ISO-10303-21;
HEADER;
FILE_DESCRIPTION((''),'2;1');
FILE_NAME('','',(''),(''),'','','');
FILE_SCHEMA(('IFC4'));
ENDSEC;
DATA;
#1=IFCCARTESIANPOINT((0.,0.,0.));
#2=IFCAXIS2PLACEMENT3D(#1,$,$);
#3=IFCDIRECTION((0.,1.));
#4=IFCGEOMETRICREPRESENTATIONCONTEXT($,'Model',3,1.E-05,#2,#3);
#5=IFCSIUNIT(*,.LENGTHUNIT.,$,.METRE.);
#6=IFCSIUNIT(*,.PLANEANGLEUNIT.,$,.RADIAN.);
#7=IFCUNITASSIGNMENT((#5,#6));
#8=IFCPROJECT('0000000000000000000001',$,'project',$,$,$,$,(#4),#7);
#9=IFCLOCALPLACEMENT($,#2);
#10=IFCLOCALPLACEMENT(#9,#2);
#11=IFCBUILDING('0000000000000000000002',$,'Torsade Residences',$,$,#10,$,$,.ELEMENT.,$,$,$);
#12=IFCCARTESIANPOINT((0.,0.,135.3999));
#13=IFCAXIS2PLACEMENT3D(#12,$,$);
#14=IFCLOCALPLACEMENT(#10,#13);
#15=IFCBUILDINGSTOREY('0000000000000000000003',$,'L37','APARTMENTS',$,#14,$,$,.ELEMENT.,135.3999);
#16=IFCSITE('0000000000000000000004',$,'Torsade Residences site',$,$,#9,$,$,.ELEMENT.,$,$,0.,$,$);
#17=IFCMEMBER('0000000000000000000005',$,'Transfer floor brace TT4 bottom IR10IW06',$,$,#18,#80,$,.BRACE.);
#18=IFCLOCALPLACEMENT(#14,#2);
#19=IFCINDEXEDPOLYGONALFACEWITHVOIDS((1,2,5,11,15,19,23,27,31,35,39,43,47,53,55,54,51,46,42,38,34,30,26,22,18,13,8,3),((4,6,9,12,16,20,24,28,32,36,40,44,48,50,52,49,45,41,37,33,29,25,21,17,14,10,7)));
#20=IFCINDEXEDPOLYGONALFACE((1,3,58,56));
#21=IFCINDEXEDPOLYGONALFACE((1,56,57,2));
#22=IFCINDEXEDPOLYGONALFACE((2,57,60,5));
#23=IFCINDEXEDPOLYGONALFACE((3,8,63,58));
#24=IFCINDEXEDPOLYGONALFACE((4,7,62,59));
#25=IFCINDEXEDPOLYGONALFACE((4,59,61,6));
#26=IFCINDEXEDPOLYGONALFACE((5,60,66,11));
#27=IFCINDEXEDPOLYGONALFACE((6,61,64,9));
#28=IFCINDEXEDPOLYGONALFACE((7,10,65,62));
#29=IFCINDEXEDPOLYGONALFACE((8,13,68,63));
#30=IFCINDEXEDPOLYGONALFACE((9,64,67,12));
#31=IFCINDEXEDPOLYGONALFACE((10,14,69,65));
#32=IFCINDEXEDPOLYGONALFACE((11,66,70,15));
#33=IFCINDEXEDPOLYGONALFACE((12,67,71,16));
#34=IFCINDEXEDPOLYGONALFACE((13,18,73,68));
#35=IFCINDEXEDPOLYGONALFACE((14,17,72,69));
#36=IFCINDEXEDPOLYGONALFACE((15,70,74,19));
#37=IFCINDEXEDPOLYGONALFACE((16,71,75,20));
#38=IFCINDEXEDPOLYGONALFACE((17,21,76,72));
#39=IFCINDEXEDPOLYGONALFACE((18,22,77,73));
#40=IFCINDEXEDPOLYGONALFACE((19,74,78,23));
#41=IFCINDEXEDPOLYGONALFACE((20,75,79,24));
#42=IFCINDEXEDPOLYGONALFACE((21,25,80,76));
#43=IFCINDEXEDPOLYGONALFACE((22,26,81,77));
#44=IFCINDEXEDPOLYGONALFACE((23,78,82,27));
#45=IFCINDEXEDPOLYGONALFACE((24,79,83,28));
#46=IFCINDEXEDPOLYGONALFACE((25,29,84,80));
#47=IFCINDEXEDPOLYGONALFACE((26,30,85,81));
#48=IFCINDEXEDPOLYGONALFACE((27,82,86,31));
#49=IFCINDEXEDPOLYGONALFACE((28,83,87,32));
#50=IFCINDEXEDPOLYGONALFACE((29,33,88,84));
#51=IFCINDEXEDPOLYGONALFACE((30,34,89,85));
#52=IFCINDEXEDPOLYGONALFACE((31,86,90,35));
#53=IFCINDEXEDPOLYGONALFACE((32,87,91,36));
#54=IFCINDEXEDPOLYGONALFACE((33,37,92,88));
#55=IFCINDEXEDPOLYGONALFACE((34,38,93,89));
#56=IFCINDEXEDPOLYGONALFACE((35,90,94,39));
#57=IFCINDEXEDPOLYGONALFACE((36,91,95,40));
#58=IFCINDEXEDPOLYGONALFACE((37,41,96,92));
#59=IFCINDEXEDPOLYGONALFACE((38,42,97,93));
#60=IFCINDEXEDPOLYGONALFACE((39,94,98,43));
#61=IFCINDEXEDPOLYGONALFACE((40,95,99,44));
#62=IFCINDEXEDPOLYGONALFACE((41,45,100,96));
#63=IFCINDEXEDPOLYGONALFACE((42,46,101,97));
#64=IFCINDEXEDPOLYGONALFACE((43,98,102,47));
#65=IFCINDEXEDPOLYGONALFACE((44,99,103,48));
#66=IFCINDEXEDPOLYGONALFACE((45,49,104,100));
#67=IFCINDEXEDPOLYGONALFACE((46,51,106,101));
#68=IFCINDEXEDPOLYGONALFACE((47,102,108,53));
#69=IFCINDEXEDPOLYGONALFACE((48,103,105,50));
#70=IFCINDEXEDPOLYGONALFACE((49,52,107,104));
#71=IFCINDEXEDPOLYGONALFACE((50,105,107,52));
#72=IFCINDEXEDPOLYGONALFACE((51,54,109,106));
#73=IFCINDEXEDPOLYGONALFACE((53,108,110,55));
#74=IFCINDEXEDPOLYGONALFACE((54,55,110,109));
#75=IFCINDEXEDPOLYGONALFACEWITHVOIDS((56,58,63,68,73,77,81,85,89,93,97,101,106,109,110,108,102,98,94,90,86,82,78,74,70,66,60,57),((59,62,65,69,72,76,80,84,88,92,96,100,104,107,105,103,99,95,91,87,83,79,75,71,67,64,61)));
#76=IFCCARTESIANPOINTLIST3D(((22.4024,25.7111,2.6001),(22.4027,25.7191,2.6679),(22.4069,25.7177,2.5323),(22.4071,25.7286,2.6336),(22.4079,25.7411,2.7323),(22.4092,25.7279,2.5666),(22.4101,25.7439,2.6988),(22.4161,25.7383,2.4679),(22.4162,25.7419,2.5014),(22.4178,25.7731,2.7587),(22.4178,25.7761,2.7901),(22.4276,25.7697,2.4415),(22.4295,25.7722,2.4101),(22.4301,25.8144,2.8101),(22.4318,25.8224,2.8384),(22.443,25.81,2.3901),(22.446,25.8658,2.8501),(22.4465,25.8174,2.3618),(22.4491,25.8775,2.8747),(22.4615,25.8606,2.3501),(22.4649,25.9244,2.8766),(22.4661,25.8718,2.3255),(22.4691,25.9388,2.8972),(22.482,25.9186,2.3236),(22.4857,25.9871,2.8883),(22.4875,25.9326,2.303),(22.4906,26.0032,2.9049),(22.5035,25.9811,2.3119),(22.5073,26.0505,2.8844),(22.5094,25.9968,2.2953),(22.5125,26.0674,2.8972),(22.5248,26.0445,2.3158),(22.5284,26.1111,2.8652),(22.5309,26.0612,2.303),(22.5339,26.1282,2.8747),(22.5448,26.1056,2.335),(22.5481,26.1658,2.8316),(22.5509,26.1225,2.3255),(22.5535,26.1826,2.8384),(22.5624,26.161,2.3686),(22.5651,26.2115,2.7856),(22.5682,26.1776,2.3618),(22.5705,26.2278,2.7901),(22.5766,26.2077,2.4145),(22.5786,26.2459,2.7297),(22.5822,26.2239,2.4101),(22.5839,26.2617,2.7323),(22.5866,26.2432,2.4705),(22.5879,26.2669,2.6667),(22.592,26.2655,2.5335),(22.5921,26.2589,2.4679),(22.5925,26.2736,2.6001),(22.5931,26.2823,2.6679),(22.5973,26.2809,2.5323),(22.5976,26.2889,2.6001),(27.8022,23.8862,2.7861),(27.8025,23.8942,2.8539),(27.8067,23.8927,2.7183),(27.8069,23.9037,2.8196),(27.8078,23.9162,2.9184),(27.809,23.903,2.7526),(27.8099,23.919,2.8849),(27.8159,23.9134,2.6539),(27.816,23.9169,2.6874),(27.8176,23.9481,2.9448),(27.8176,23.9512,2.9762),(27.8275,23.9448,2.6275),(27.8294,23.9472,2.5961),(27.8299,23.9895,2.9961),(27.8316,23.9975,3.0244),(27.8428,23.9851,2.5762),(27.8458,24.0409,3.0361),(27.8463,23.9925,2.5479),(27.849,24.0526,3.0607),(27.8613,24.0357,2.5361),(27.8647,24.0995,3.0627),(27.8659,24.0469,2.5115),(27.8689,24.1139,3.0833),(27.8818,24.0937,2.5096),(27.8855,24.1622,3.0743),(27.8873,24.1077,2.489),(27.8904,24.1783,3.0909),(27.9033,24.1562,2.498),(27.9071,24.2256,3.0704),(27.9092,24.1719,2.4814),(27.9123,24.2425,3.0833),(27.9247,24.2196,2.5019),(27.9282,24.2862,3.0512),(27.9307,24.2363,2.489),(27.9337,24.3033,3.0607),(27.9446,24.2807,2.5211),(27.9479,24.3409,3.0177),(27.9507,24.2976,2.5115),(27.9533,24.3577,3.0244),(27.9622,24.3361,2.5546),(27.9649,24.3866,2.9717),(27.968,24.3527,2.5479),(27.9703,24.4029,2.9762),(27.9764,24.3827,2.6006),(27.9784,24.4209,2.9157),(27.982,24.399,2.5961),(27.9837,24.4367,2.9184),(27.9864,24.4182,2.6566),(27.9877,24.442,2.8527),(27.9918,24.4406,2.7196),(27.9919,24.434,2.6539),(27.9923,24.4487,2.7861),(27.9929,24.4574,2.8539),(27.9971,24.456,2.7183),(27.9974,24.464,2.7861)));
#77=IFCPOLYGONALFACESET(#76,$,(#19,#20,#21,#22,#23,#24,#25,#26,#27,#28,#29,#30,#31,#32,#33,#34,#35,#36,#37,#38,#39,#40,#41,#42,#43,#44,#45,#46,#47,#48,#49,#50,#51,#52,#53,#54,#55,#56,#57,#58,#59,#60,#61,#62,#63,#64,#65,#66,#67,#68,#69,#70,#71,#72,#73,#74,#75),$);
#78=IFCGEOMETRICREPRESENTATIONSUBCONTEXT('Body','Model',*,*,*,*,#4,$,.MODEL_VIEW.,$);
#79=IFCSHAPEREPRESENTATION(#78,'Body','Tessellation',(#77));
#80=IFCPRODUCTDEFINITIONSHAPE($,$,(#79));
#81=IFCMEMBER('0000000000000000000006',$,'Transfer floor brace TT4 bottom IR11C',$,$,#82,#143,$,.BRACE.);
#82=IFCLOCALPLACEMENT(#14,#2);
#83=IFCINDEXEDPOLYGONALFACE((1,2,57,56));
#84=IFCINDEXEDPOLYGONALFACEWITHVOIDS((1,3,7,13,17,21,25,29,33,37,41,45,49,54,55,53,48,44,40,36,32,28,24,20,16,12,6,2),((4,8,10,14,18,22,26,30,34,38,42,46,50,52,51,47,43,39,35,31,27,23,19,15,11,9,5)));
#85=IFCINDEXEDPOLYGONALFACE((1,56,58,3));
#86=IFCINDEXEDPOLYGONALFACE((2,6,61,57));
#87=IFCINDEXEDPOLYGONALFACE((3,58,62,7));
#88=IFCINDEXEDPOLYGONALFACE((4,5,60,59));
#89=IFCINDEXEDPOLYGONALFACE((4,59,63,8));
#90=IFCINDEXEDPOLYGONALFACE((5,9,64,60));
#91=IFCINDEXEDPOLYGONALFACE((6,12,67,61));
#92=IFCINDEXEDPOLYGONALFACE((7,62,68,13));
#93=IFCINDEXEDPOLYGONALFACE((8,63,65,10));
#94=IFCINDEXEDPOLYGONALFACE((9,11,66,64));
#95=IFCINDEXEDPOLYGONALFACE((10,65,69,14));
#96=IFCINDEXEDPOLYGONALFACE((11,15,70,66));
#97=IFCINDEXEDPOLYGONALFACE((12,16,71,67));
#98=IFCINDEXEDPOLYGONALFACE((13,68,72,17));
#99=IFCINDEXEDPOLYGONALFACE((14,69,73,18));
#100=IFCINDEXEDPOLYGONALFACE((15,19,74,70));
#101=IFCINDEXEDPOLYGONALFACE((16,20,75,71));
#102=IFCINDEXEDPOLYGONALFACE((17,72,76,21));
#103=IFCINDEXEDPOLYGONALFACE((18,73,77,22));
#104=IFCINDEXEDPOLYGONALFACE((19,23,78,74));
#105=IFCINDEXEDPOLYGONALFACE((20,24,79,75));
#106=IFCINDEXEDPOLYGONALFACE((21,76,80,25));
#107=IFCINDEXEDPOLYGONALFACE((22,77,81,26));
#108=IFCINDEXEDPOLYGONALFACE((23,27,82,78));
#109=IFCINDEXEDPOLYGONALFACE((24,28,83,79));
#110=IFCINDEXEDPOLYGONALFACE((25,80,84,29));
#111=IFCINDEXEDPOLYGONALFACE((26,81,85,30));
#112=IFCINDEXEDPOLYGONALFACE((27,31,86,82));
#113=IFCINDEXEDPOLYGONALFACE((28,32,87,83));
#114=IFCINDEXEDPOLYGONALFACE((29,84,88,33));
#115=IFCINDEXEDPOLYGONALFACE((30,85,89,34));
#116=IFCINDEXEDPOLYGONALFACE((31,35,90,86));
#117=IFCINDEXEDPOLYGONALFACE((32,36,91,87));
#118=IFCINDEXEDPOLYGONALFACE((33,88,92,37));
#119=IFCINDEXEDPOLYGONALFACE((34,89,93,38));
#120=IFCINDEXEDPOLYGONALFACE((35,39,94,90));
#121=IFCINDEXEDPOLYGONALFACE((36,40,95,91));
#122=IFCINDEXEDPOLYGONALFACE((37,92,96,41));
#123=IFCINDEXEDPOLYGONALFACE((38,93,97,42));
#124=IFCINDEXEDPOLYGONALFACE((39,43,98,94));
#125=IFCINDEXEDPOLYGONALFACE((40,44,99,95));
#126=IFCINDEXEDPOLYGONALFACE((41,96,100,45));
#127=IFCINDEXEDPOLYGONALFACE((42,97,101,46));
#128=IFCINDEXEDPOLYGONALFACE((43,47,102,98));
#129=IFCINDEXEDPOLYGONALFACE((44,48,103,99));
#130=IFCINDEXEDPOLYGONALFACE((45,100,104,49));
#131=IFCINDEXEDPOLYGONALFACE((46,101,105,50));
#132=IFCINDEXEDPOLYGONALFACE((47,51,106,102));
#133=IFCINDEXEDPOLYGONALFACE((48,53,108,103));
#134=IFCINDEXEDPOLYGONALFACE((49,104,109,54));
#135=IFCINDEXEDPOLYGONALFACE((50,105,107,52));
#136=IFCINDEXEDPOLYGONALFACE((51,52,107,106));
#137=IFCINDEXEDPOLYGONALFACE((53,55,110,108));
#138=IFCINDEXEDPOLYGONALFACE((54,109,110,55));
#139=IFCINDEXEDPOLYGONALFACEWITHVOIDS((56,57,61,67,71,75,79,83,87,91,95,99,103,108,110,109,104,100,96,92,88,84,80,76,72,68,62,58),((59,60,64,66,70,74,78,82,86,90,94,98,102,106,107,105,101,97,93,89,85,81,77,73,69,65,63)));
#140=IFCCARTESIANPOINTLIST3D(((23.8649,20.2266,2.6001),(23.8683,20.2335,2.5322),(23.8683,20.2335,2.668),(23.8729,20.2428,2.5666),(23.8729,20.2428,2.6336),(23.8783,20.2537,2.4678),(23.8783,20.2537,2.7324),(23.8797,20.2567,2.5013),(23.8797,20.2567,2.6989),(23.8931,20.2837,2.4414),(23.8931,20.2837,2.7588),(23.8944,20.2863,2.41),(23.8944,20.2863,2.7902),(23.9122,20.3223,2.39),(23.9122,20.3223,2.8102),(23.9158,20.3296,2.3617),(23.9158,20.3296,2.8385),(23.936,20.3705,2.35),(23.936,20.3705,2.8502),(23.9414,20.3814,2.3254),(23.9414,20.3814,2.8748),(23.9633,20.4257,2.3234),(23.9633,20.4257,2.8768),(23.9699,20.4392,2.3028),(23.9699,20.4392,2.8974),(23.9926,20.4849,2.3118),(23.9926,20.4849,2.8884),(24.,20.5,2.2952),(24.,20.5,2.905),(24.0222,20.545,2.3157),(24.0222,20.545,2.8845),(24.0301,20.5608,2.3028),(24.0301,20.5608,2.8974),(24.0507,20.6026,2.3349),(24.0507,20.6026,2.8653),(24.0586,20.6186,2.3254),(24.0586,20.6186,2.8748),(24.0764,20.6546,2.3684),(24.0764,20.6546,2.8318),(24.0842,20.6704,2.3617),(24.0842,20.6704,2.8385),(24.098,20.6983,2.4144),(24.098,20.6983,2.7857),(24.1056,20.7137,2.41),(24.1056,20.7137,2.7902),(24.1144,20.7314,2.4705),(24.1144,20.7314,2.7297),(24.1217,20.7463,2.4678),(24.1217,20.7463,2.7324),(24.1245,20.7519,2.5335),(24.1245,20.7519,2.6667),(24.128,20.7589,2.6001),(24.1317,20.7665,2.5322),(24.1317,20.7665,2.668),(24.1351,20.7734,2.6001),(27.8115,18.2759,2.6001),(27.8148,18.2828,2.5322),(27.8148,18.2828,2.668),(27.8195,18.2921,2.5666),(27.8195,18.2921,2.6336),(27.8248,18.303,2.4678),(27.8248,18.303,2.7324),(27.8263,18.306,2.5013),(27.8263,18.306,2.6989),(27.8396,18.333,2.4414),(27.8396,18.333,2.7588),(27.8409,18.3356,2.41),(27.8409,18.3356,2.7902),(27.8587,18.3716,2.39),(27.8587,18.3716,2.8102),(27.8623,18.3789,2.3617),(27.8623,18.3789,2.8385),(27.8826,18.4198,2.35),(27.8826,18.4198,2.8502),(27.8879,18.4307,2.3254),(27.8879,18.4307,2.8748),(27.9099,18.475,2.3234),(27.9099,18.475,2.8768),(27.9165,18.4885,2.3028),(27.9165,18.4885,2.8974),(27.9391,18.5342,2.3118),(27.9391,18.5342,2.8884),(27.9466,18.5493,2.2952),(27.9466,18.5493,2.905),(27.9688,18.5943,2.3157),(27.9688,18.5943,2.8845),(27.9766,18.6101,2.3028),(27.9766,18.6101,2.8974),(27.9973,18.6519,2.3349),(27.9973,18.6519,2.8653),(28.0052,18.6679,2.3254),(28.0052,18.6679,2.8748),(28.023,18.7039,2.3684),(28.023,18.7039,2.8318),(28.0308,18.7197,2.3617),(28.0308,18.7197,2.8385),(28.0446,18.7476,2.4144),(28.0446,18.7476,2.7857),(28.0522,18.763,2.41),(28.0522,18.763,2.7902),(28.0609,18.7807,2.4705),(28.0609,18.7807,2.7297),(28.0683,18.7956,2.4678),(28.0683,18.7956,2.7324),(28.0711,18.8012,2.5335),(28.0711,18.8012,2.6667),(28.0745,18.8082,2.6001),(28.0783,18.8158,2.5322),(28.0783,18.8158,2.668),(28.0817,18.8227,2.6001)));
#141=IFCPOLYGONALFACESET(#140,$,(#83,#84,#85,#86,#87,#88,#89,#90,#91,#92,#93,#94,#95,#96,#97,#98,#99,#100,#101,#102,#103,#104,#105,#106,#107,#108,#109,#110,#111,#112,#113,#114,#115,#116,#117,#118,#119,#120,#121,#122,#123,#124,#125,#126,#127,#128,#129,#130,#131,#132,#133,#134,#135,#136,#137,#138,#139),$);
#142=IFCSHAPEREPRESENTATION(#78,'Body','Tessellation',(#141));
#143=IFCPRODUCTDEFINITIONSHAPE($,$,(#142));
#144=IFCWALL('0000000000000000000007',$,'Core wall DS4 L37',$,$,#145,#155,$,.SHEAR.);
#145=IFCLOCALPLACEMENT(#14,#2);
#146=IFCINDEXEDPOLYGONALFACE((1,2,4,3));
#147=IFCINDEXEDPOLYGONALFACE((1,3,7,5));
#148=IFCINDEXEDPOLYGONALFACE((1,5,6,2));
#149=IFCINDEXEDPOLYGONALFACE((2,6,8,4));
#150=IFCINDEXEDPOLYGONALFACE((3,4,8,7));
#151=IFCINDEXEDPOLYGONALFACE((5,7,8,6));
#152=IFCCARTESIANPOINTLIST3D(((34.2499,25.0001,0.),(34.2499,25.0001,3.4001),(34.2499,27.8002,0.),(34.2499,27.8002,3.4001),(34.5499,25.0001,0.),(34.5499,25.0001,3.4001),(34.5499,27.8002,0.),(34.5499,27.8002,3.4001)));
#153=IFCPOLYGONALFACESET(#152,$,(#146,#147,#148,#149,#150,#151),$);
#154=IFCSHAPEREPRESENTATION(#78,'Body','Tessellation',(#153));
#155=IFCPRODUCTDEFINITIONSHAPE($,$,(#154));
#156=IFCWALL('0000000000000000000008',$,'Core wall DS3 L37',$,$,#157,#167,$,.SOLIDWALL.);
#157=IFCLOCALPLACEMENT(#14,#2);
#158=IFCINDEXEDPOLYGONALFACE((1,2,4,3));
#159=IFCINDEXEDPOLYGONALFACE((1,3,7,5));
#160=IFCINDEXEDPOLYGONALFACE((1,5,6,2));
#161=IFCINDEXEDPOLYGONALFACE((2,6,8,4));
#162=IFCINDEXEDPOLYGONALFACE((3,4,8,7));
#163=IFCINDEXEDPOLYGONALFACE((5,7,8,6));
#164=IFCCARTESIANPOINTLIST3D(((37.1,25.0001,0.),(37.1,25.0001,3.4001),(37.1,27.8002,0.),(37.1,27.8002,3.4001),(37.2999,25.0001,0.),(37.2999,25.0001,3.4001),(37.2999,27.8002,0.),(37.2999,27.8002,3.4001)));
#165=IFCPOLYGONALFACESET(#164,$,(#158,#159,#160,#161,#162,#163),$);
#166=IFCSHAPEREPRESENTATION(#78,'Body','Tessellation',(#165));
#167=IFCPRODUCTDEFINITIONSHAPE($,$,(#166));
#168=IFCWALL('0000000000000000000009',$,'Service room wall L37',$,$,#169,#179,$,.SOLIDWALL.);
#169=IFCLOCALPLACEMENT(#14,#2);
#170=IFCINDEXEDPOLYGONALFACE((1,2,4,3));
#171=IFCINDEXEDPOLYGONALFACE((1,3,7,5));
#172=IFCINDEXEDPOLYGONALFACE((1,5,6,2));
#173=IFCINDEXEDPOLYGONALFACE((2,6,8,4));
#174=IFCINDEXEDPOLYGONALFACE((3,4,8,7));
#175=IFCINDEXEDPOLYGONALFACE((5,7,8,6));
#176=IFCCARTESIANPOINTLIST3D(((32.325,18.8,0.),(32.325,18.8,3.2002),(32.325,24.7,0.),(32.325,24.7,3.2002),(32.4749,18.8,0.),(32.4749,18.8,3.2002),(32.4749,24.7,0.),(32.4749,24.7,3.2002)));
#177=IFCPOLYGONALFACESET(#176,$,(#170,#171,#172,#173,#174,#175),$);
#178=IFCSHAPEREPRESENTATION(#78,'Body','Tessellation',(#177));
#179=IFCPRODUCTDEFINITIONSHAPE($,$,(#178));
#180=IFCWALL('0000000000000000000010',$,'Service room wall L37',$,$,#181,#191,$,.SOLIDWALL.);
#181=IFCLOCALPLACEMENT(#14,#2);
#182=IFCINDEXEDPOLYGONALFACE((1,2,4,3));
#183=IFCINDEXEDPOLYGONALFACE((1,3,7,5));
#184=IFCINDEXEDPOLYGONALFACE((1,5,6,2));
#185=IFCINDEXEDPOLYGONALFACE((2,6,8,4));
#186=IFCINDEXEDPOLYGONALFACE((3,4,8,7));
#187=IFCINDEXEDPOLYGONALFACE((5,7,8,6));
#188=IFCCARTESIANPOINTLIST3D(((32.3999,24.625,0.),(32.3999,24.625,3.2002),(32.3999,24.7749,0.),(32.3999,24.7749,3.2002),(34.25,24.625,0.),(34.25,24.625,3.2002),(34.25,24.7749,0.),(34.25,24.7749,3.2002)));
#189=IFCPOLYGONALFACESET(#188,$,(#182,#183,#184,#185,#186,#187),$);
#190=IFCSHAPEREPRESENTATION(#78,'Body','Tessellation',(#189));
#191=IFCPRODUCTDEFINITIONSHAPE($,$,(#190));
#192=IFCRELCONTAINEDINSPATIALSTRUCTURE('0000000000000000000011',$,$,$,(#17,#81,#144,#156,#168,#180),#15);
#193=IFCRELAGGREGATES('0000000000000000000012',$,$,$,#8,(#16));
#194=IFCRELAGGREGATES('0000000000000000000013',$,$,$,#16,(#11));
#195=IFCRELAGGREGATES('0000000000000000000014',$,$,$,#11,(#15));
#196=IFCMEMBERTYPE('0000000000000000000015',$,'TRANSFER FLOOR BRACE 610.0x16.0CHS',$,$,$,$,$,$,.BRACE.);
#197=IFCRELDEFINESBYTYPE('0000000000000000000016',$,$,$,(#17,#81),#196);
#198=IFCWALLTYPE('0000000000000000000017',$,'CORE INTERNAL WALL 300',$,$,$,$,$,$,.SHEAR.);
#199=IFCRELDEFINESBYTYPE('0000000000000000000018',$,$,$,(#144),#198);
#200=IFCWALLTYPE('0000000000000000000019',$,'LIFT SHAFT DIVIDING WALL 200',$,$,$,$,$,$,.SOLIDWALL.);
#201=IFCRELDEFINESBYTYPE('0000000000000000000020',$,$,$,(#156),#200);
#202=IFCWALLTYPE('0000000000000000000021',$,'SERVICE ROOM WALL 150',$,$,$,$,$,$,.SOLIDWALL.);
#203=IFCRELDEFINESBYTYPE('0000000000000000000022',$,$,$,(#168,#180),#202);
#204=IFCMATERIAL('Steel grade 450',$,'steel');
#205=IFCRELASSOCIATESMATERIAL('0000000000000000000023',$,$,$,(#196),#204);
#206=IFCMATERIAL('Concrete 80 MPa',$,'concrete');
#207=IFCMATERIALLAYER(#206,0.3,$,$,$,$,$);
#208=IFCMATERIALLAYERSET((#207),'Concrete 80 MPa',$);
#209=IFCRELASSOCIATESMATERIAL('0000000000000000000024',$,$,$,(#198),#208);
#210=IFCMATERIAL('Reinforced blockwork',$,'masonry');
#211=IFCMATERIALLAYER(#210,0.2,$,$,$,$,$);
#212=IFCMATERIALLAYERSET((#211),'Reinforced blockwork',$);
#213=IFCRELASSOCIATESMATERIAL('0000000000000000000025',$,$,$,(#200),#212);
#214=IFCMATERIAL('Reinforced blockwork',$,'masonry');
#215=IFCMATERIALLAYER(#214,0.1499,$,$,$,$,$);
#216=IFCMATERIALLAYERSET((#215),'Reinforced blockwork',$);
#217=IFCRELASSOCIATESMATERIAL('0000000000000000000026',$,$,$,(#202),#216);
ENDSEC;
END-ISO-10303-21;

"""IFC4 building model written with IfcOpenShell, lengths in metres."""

from ifc_helpers import new_model, si_unit, direction, frame, frame_2d, origin, origin_2d, place, context, subcontext, project, spatial, rectangle, hollow_circle, extrude, material, layer, layer_set, material_profile, profile_set, type_object, element, save


model = new_model("IFC4")

# Units and contexts
model_context = context("Model", 3, precision=1e-05, world=origin(), true_north=direction((0.0, 1.0)))
body_context = subcontext(model_context, "Body", "Model", "MODEL_VIEW")
ifc_project = project(units=[si_unit("LENGTHUNIT", "METRE"), si_unit("PLANEANGLEUNIT", "RADIAN")], contexts=[model_context])

# Site, building, storey
site_placement = place(None, origin())
site = spatial("IfcSite", under=ifc_project, at=site_placement, Name="Torsade Residences site", CompositionType="ELEMENT", RefElevation=0.0)
building_placement = place(site_placement, origin())
building = spatial("IfcBuilding", under=site, at=building_placement, Name="Torsade Residences", CompositionType="ELEMENT")
storey_placement = place(building_placement, frame((0.0, 0.0, 135.3999)))
storey = spatial("IfcBuildingStorey", under=building, at=storey_placement, Name="L37", Description="APARTMENTS", CompositionType="ELEMENT", Elevation=135.3999)

# Members
ifc_material_1 = material(Name="Steel grade 450", Category="steel")
ifc_material_profile_1 = material_profile(ifc_material_1, hollow_circle(Radius=0.3049, WallThickness=0.0161, at=origin_2d()), Name="610.0x16.0CHS")
ifc_profile_set_1 = profile_set([ifc_material_profile_1], Name="Steel grade 450")
member_type = type_object("IfcMemberType", Name="TRANSFER FLOOR BRACE 610.0x16.0CHS", PredefinedType="BRACE", material=ifc_profile_set_1)
member_1_placement = place(storey_placement, frame((22.5, 26.0, 2.6001), z_axis=(0.946856, -0.319999, 0.032621), x_axis=(0.32017, 0.94736, 0.0)))
element("IfcMember", 1, at=member_1_placement, inside=storey, type_object=member_type, Name="Transfer floor brace TT4 bottom IR10IW06", PredefinedType="BRACE", context=body_context, shape_type="SweptSolid", body=[
    extrude(hollow_circle(Radius=0.3049, WallThickness=0.0161, at=origin_2d()), origin(), (0.0, 0.0, 1.0), 5.7029),
])
member_2_placement = place(storey_placement, frame((24.0, 20.5, 2.6001), z_axis=(0.89647, -0.443105, 0.0), x_axis=(0.443105, 0.89647, 0.0)))
element("IfcMember", 2, at=member_2_placement, inside=storey, type_object=member_type, Name="Transfer floor brace TT4 bottom IR11C", PredefinedType="BRACE", context=body_context, shape_type="SweptSolid", body=[
    extrude(hollow_circle(Radius=0.3049, WallThickness=0.0161, at=origin_2d()), origin(), (0.0, 0.0, 1.0), 4.4023),
])

# Walls
ifc_material_2 = material(Name="Concrete 80 MPa", Category="concrete")
ifc_layer_1 = layer(ifc_material_2, 0.3)
ifc_layer_set_1 = layer_set([ifc_layer_1], Name="Concrete 80 MPa")
wall_type_1 = type_object("IfcWallType", Name="CORE INTERNAL WALL 300", PredefinedType="SHEAR", material=ifc_layer_set_1)
wall_1_placement = place(storey_placement, frame((34.3999, 27.8, 0.0), z_axis=(0.0, 0.0, 1.0), x_axis=(0.0, -1.0, 0.0)))
element("IfcWall", 3, at=wall_1_placement, inside=storey, type_object=wall_type_1, Name="Core wall DS4 L37", PredefinedType="SHEAR", context=body_context, shape_type="SweptSolid", body=[
    extrude(rectangle(XDim=2.8, YDim=0.3, at=frame_2d((1.3999, 0.0))), origin(), (0.0, 0.0, 1.0), 3.4001),
])
ifc_material_3 = material(Name="Reinforced blockwork", Category="masonry")
ifc_layer_2 = layer(ifc_material_3, 0.2)
ifc_layer_set_2 = layer_set([ifc_layer_2], Name="Reinforced blockwork")
wall_type_2 = type_object("IfcWallType", Name="LIFT SHAFT DIVIDING WALL 200", PredefinedType="SOLIDWALL", material=ifc_layer_set_2)
wall_2_placement = place(storey_placement, frame((37.2, 27.8, 0.0), z_axis=(0.0, 0.0, 1.0), x_axis=(0.0, -1.0, 0.0)))
element("IfcWall", 4, at=wall_2_placement, inside=storey, type_object=wall_type_2, Name="Core wall DS3 L37", PredefinedType="SOLIDWALL", context=body_context, shape_type="SweptSolid", body=[
    extrude(rectangle(XDim=2.8, YDim=0.2, at=frame_2d((1.3999, 0.0))), origin(), (0.0, 0.0, 1.0), 3.4001),
])
ifc_material_4 = material(Name="Reinforced blockwork", Category="masonry")
ifc_layer_3 = layer(ifc_material_4, 0.1499)
ifc_layer_set_3 = layer_set([ifc_layer_3], Name="Reinforced blockwork")
wall_type_3 = type_object("IfcWallType", Name="SERVICE ROOM WALL 150", PredefinedType="SOLIDWALL", material=ifc_layer_set_3)
wall_3_placement = place(storey_placement, frame((32.3999, 18.8, 0.0), z_axis=(0.0, 0.0, 1.0), x_axis=(0.0, 1.0, 0.0)))
element("IfcWall", 5, at=wall_3_placement, inside=storey, type_object=wall_type_3, Name="Service room wall L37", PredefinedType="SOLIDWALL", context=body_context, shape_type="SweptSolid", body=[
    extrude(rectangle(XDim=5.8999, YDim=0.1499, at=frame_2d((2.95, 0.0))), origin(), (0.0, 0.0, 1.0), 3.2002),
])
wall_4_placement = place(storey_placement, frame((32.3999, 24.7, 0.0), z_axis=(0.0, 0.0, 1.0), x_axis=(1.0, 0.0, 0.0)))
element("IfcWall", 6, at=wall_4_placement, inside=storey, type_object=wall_type_3, Name="Service room wall L37", PredefinedType="SOLIDWALL", context=body_context, shape_type="SweptSolid", body=[
    extrude(rectangle(XDim=1.8501, YDim=0.1499, at=frame_2d((0.925, 0.0))), origin(), (0.0, 0.0, 1.0), 3.2002),
])

save(model, "model.ifc")
